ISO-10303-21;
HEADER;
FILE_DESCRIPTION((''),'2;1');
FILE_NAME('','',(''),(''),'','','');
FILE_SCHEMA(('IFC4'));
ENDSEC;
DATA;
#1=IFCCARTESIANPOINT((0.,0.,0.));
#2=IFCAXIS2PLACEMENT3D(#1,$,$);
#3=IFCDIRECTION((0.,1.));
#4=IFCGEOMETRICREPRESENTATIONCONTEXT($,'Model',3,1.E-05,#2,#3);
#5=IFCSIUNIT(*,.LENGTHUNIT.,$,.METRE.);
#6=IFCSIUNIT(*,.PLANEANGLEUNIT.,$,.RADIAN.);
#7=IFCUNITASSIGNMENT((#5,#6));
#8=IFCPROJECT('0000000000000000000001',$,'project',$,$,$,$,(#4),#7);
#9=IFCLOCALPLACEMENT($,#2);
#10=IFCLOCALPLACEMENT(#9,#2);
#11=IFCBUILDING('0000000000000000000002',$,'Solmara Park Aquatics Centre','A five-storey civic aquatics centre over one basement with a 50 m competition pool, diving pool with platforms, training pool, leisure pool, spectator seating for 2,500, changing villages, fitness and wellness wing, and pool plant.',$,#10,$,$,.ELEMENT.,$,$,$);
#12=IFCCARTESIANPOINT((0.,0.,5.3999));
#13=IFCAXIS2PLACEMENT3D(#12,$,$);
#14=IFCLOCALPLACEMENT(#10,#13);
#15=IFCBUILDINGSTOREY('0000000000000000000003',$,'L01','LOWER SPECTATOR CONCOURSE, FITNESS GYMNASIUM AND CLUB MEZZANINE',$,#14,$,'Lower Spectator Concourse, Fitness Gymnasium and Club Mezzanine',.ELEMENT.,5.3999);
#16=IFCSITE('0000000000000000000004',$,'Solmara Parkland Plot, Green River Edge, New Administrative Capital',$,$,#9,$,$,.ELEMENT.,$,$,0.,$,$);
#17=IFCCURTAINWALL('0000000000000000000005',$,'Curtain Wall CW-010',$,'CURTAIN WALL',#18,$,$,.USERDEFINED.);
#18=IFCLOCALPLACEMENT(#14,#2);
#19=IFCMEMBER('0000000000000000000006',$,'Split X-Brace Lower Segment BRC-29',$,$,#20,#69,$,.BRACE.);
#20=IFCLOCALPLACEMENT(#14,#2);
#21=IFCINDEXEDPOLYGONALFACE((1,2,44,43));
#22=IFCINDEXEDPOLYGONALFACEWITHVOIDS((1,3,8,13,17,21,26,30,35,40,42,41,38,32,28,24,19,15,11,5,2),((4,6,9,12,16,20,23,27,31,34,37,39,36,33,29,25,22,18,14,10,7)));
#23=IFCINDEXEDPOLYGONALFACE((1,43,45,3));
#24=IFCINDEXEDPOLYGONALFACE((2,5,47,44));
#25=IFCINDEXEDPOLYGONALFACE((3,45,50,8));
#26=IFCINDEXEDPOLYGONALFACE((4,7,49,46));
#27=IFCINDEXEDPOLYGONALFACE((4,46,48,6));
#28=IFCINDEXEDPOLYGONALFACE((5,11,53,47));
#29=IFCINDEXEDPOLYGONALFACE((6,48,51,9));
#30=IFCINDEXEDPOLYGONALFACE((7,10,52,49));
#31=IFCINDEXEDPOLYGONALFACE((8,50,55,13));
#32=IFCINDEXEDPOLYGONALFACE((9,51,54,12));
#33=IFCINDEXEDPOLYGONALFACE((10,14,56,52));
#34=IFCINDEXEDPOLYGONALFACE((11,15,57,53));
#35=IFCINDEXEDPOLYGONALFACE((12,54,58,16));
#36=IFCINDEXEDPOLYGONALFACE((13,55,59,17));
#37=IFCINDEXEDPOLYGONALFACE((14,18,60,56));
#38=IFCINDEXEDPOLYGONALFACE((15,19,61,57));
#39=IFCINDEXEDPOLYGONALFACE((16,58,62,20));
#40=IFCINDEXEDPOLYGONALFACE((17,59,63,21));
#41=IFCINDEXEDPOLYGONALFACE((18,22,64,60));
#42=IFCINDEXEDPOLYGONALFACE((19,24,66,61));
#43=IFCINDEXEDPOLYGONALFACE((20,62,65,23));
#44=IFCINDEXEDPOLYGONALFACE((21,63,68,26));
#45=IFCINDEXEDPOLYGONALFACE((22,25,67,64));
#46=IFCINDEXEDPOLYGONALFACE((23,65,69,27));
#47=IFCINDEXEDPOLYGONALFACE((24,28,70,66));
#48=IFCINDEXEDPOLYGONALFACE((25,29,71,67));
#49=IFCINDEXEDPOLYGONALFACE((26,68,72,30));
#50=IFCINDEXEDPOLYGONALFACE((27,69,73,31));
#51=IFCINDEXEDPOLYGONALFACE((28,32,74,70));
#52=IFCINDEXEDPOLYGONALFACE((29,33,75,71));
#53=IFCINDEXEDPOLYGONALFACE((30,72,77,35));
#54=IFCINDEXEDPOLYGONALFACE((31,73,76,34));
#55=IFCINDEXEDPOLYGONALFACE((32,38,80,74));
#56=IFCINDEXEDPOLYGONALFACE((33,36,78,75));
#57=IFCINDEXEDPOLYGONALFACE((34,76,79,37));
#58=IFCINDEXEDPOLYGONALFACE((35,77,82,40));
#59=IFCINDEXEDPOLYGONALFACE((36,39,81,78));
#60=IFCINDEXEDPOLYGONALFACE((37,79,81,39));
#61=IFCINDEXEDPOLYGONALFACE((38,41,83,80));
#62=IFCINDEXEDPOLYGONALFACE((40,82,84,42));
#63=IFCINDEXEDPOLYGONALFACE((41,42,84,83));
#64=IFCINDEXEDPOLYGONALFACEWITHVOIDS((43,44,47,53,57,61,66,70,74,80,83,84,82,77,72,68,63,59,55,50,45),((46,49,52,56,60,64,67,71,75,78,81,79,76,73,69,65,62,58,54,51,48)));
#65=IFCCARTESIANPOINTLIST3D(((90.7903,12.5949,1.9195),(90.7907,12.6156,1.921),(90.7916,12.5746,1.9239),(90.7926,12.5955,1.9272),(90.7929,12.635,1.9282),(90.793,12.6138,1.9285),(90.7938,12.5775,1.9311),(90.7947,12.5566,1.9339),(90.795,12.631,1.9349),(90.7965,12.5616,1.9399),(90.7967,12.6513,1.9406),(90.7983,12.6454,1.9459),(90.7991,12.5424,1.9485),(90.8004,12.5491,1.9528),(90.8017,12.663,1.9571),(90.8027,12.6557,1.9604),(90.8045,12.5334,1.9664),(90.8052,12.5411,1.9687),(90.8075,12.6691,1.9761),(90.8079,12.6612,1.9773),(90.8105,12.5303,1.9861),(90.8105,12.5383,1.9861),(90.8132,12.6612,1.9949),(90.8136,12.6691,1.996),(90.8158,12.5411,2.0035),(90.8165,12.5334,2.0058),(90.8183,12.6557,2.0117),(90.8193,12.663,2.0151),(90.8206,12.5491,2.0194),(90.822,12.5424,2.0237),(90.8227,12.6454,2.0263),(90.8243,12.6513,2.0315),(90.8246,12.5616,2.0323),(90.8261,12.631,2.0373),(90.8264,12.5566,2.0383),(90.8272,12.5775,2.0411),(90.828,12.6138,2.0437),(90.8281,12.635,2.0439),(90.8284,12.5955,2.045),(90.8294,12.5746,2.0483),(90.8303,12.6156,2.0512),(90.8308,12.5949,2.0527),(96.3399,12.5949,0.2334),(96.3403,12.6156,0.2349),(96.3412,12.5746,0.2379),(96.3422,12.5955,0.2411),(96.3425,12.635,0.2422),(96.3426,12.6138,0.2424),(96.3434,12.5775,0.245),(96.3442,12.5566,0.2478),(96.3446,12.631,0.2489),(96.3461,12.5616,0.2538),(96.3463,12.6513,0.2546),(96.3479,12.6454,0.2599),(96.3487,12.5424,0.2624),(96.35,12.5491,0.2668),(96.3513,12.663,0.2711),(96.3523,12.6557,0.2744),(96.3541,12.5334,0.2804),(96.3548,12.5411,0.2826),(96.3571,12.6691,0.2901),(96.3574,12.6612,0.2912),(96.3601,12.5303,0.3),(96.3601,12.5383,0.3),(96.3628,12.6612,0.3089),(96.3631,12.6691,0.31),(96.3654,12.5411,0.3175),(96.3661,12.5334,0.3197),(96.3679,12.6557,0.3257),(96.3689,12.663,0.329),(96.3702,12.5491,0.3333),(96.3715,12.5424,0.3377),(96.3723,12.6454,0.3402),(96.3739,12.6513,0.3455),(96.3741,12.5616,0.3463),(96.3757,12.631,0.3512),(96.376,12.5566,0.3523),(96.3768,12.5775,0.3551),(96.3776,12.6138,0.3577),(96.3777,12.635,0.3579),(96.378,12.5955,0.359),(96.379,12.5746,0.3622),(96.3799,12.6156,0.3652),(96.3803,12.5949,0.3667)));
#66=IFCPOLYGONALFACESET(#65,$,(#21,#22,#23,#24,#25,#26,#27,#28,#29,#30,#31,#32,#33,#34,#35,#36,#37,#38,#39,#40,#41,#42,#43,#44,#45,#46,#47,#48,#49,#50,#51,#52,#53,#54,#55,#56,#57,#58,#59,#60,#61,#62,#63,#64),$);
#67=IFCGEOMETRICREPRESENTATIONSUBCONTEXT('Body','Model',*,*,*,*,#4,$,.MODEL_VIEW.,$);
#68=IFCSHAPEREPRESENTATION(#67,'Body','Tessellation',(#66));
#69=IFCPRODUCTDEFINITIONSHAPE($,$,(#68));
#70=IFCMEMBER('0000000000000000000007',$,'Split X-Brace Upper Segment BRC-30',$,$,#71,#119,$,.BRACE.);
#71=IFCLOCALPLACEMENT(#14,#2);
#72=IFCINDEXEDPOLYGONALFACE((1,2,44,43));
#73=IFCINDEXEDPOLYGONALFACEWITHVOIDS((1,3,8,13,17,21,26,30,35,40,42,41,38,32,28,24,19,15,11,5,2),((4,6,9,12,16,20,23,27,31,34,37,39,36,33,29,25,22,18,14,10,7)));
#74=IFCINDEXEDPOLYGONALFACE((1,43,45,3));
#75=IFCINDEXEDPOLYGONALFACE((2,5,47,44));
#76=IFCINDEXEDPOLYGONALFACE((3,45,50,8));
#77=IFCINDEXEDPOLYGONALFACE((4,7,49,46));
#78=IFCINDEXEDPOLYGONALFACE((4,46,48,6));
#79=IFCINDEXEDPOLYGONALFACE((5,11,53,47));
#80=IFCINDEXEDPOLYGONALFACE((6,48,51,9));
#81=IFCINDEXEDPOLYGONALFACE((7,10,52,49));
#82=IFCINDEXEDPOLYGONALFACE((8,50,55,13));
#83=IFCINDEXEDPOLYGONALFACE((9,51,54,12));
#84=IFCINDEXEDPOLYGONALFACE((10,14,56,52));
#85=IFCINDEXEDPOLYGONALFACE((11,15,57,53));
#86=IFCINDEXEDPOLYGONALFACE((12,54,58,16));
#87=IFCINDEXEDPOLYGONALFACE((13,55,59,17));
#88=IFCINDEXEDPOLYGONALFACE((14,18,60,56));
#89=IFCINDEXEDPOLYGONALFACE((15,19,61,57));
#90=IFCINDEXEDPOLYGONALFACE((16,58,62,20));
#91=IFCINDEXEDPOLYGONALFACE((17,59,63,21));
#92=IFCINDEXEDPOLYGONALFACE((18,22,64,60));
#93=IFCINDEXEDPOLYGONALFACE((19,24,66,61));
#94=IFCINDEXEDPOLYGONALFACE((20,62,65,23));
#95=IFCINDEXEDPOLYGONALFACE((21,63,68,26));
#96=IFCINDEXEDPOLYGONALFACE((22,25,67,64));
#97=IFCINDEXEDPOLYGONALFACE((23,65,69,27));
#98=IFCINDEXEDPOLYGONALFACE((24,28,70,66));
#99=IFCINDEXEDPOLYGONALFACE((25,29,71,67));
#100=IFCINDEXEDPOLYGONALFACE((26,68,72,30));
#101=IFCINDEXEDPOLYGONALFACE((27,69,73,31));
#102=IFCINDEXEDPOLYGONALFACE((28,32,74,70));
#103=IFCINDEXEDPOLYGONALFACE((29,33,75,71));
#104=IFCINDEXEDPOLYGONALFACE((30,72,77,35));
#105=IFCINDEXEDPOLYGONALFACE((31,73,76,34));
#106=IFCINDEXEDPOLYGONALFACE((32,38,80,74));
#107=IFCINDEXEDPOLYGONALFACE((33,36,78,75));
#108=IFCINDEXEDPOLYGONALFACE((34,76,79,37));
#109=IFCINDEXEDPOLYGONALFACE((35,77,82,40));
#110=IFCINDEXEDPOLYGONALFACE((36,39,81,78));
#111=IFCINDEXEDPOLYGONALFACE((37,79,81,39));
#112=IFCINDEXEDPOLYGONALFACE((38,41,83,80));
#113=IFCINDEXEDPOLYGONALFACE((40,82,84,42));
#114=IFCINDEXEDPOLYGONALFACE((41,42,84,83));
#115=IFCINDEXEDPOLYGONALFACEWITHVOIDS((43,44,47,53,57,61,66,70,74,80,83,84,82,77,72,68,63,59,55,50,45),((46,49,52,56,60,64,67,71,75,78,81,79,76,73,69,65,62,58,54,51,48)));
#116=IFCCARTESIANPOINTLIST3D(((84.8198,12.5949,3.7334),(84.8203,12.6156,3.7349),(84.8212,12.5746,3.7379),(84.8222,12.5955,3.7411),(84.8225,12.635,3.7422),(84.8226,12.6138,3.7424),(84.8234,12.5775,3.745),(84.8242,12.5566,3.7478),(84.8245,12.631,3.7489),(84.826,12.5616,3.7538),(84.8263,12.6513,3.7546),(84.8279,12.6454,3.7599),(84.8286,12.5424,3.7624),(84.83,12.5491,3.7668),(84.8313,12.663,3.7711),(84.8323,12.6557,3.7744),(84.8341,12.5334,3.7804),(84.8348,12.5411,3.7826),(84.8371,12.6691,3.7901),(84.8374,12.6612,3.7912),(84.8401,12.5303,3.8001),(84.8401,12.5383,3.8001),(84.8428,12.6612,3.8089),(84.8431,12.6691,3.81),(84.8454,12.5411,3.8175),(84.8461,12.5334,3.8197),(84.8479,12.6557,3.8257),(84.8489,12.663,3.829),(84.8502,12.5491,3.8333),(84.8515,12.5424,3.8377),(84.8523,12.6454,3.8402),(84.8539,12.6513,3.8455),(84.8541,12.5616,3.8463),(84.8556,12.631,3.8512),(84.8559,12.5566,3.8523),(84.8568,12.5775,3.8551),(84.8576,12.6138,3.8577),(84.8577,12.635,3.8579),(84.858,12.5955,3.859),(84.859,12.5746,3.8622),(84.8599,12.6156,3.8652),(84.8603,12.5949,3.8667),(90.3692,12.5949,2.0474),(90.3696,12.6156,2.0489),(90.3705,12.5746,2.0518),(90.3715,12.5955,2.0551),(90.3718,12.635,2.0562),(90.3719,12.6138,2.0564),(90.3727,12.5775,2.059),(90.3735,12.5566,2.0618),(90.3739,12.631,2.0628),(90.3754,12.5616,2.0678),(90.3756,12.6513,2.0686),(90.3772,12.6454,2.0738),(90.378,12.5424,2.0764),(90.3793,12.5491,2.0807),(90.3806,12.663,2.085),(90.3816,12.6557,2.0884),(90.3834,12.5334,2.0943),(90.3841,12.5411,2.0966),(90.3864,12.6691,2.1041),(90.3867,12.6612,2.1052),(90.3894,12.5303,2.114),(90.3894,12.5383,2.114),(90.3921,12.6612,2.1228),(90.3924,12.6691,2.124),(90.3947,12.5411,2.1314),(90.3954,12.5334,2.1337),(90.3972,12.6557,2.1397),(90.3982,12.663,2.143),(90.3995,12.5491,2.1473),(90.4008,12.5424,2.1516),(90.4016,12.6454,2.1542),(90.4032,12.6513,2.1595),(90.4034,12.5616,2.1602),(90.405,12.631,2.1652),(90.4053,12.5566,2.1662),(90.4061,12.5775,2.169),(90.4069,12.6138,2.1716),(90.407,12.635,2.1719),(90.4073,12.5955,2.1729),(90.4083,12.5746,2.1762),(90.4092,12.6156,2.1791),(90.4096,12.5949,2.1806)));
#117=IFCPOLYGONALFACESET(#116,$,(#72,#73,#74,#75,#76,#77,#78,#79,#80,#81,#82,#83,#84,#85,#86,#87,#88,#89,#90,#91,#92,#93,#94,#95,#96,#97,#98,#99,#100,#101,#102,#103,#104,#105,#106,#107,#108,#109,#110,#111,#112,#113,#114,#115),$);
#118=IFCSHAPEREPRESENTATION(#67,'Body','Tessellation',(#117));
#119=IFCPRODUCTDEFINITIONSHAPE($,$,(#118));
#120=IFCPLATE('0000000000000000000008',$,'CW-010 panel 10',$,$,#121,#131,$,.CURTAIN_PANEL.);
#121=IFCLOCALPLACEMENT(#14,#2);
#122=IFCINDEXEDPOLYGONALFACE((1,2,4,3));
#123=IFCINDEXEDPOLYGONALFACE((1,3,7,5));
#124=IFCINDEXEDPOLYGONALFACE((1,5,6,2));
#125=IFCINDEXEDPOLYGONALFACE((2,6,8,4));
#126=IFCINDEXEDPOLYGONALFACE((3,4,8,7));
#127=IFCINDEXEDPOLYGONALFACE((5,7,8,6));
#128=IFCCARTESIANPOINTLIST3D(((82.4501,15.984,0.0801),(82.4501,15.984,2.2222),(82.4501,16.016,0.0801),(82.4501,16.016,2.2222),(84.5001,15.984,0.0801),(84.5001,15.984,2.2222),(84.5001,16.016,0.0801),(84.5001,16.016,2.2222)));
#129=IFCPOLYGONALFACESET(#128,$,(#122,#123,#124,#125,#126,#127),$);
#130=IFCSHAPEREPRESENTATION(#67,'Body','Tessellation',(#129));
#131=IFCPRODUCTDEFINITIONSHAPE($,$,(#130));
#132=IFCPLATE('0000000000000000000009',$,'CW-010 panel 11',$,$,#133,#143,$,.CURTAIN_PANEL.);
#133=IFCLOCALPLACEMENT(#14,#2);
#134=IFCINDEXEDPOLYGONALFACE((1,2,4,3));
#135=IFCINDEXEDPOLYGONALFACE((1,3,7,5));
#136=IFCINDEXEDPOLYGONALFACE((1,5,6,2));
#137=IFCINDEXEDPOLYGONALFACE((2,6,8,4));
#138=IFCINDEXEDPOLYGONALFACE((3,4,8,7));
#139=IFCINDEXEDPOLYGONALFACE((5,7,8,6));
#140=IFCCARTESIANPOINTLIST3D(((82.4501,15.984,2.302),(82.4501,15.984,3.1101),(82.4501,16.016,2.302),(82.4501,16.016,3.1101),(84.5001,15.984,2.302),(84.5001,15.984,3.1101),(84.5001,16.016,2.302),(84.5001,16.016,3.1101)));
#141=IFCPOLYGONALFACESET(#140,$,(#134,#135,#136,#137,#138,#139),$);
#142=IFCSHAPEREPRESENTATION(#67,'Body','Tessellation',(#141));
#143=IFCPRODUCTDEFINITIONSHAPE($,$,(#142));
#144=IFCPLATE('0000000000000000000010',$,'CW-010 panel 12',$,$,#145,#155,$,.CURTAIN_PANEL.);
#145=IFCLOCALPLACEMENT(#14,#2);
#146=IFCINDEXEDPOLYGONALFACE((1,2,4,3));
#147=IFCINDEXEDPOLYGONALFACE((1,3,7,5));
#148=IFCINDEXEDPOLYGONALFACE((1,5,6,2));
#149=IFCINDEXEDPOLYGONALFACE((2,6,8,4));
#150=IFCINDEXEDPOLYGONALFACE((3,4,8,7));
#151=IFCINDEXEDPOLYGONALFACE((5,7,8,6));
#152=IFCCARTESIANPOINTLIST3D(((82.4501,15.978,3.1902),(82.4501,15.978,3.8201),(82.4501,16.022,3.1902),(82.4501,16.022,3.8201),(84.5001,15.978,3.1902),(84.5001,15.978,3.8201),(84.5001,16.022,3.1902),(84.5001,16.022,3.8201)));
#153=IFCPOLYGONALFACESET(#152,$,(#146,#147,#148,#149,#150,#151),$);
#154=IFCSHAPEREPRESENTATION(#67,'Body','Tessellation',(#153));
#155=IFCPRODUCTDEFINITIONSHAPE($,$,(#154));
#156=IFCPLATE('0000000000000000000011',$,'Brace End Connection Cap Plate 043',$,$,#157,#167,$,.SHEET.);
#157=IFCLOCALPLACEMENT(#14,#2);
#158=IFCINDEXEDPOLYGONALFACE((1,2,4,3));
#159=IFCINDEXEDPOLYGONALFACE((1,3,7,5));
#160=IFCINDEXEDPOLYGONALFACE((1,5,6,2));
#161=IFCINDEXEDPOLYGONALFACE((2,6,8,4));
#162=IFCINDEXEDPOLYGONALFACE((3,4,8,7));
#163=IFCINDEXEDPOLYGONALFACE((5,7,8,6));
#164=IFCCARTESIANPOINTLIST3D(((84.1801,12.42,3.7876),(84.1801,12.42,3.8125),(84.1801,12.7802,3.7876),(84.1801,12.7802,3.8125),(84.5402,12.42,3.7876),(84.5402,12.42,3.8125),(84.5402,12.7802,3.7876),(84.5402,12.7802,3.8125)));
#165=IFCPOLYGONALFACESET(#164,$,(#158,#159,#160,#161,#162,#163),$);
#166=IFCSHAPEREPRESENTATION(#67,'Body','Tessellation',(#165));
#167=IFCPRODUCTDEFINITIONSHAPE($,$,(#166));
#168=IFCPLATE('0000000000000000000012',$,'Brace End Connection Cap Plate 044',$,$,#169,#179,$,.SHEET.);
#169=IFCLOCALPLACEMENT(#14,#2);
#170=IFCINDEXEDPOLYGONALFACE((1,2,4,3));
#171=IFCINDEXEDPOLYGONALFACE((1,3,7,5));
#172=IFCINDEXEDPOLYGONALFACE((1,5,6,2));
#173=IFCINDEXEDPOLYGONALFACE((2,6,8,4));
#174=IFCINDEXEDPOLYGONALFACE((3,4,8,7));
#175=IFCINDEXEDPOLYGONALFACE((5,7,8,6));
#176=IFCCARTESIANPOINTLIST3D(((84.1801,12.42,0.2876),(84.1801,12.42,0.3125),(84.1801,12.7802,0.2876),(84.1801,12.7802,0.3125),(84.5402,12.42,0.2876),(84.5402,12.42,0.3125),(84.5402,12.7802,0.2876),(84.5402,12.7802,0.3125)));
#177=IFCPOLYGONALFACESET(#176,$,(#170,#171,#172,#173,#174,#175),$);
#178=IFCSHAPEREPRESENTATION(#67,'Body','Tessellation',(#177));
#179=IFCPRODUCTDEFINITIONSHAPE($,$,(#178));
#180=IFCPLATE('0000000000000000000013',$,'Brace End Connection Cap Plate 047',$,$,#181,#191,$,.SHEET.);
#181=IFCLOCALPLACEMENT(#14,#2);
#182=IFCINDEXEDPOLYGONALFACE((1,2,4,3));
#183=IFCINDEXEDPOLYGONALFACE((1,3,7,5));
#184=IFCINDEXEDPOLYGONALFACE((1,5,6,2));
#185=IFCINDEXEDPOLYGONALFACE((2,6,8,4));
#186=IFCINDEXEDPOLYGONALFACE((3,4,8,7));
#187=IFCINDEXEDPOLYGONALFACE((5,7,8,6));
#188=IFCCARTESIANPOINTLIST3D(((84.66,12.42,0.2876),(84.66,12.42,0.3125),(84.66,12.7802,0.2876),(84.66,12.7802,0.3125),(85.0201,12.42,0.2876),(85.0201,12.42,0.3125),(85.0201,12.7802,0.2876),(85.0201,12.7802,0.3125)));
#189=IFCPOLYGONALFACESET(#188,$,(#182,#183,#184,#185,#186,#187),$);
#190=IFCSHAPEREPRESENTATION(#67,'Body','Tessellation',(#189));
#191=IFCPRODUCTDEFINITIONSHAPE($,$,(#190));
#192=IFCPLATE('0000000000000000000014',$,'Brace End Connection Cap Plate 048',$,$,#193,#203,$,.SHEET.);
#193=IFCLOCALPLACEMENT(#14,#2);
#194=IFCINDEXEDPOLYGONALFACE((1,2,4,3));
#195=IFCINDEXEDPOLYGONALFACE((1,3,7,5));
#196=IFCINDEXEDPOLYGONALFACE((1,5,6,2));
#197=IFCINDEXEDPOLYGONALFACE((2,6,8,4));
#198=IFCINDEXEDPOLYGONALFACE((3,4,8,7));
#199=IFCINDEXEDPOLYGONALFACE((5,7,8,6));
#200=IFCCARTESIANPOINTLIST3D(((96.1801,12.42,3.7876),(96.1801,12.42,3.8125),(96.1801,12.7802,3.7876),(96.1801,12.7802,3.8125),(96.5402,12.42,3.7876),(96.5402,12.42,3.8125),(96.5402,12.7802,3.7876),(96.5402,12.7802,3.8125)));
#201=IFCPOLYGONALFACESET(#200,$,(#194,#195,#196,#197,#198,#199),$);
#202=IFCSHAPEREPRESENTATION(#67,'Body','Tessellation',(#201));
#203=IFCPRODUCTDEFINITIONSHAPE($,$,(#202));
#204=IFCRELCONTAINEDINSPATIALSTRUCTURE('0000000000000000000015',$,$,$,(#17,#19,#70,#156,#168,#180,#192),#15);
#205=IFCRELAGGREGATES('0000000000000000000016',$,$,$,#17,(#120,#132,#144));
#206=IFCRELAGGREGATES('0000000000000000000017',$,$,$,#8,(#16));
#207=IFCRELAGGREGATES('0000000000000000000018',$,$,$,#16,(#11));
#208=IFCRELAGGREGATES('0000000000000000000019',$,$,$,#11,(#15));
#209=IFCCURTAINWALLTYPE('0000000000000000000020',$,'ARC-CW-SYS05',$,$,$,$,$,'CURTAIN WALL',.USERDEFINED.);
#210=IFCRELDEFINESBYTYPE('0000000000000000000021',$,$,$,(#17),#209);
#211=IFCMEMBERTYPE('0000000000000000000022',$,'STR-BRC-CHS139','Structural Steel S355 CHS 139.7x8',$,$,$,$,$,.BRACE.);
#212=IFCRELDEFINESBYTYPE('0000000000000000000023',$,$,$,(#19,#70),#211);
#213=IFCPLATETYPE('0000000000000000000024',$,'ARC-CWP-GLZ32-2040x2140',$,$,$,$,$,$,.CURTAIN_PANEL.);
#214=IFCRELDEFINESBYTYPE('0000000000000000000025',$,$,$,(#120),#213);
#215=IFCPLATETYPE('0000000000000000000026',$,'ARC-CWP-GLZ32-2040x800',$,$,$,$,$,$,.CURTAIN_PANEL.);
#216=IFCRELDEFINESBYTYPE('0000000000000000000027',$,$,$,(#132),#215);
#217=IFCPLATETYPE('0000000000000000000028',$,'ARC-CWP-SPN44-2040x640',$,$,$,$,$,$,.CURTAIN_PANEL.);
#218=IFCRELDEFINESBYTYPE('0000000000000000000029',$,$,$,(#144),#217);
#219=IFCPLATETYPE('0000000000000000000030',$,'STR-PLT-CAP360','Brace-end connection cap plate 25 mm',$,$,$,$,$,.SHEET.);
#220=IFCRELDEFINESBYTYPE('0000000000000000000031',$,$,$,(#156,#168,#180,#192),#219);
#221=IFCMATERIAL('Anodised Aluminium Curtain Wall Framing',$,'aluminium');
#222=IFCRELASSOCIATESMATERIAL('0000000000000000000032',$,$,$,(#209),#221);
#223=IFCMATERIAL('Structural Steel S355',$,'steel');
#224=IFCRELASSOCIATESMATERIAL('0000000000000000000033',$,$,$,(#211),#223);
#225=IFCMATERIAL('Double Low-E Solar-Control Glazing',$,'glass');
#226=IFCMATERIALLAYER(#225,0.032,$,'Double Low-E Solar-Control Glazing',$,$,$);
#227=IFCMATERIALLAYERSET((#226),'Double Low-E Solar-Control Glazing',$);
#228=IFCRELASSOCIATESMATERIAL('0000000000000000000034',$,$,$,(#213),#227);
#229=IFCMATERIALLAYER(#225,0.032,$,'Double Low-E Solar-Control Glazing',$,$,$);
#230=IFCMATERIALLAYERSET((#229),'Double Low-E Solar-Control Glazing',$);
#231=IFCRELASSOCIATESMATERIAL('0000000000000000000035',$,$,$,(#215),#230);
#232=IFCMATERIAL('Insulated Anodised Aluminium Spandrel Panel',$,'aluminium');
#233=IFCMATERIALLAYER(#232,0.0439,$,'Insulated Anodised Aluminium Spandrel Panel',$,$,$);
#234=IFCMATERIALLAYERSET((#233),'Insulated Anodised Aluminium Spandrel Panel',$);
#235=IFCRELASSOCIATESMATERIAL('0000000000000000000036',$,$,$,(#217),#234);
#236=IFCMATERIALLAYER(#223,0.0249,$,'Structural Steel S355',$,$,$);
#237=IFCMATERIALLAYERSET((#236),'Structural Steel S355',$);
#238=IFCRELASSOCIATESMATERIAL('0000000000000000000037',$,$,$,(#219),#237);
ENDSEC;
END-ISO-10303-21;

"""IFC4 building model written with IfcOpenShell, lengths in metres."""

from ifc_helpers import new_model, si_unit, direction, frame, origin, origin_2d, place, context, subcontext, project, spatial, rectangle, hollow_circle, extrude, material, layer, layer_set, material_profile, profile_set, type_object, element, aggregate, save


model = new_model("IFC4")

# Units and contexts
model_context = context("Model", 3, precision=1e-05, world=origin(), true_north=direction((0.0, 1.0)))
body_context = subcontext(model_context, "Body", "Model", "MODEL_VIEW")
ifc_project = project(units=[si_unit("LENGTHUNIT", "METRE"), si_unit("PLANEANGLEUNIT", "RADIAN")], contexts=[model_context])

# Site, building, storey
site_placement = place(None, origin())
site = spatial("IfcSite", under=ifc_project, at=site_placement, Name="Solmara Parkland Plot, Green River Edge, New Administrative Capital", CompositionType="ELEMENT", RefElevation=0.0)
building_placement = place(site_placement, origin())
building = spatial("IfcBuilding", under=site, at=building_placement, Name="Solmara Park Aquatics Centre", Description="A five-storey civic aquatics centre over one basement with a 50 m competition pool, diving pool with platforms, training pool, leisure pool, spectator seating for 2,500, changing villages, fitness and wellness wing, and pool plant.", CompositionType="ELEMENT")
storey_placement = place(building_placement, frame((0.0, 0.0, 5.3999)))
storey = spatial("IfcBuildingStorey", under=building, at=storey_placement, Name="L01", Description="LOWER SPECTATOR CONCOURSE, FITNESS GYMNASIUM AND CLUB MEZZANINE", LongName="Lower Spectator Concourse, Fitness Gymnasium and Club Mezzanine", CompositionType="ELEMENT", Elevation=5.3999)

# Shared definitions
ifc_material_1 = material(Name="Structural Steel S355", Category="steel")

# Curtain wall
ifc_material_2 = material(Name="Anodised Aluminium Curtain Wall Framing", Category="aluminium")
curtain_wall_type = type_object("IfcCurtainWallType", Name="ARC-CW-SYS05", ElementType="CURTAIN WALL", PredefinedType="USERDEFINED", material=ifc_material_2)
curtain_wall_placement = place(storey_placement, origin())
curtain_wall = element("IfcCurtainWall", 1, at=curtain_wall_placement, inside=storey, type_object=curtain_wall_type, Name="Curtain Wall CW-010", ObjectType="CURTAIN WALL", PredefinedType="USERDEFINED")

# Members
ifc_material_profile_1 = material_profile(ifc_material_1, hollow_circle(Radius=0.0698, WallThickness=0.0081, at=origin_2d()), Name="CHS 139.7x8")
ifc_profile_set_1 = profile_set([ifc_material_profile_1], Name="Structural Steel S355")
member_type_1 = type_object("IfcMemberType", Name="STR-BRC-CHS139", Description="Structural Steel S355 CHS 139.7x8", PredefinedType="BRACE", material=ifc_profile_set_1)
member_1_placement = place(storey_placement, frame((96.3601, 12.6001, 0.3), z_axis=(-0.956816, 0.0, 0.290694), x_axis=(0.0, -1.0, 0.0)))
element("IfcMember", 2, at=member_1_placement, inside=storey, type_object=member_type_1, Name="Split X-Brace Lower Segment BRC-29", PredefinedType="BRACE", context=body_context, shape_type="SweptSolid", body=[
    extrude(hollow_circle(Radius=0.0698, WallThickness=0.0081, at=origin_2d()), origin(), (0.0, 0.0, 1.0), 5.8),
])
member_2_placement = place(storey_placement, frame((90.3894, 12.6001, 2.114), z_axis=(-0.956812, 0.0, 0.290706), x_axis=(0.0, -1.0, 0.0)))
element("IfcMember", 3, at=member_2_placement, inside=storey, type_object=member_type_1, Name="Split X-Brace Upper Segment BRC-30", PredefinedType="BRACE", context=body_context, shape_type="SweptSolid", body=[
    extrude(hollow_circle(Radius=0.0698, WallThickness=0.0081, at=origin_2d()), origin(), (0.0, 0.0, 1.0), 5.7998),
])

# Plates
ifc_material_3 = material(Name="Double Low-E Solar-Control Glazing", Category="glass")
ifc_layer_1 = layer(ifc_material_3, 0.032, Name="Double Low-E Solar-Control Glazing")
ifc_layer_set_1 = layer_set([ifc_layer_1], Name="Double Low-E Solar-Control Glazing")
plate_type_1 = type_object("IfcPlateType", Name="ARC-CWP-GLZ32-2040x2140", PredefinedType="CURTAIN_PANEL", material=ifc_layer_set_1)
plate_1_placement = place(storey_placement, frame((83.4751, 16.0, 0.0801), z_axis=(0.0, 0.0, 1.0), x_axis=(1.0, 0.0, 0.0)))
plate_1 = element("IfcPlate", 4, at=plate_1_placement, type_object=plate_type_1, Name="CW-010 panel 10", PredefinedType="CURTAIN_PANEL", context=body_context, shape_type="SweptSolid", body=[
    extrude(rectangle(XDim=2.05, YDim=0.032, at=origin_2d()), origin(), (0.0, 0.0, 1.0), 2.1421),
])
ifc_layer_2 = layer(ifc_material_3, 0.032, Name="Double Low-E Solar-Control Glazing")
ifc_layer_set_2 = layer_set([ifc_layer_2], Name="Double Low-E Solar-Control Glazing")
plate_type_2 = type_object("IfcPlateType", Name="ARC-CWP-GLZ32-2040x800", PredefinedType="CURTAIN_PANEL", material=ifc_layer_set_2)
plate_2_placement = place(storey_placement, frame((83.4751, 16.0, 2.302), z_axis=(0.0, 0.0, 1.0), x_axis=(1.0, 0.0, 0.0)))
plate_2 = element("IfcPlate", 5, at=plate_2_placement, type_object=plate_type_2, Name="CW-010 panel 11", PredefinedType="CURTAIN_PANEL", context=body_context, shape_type="SweptSolid", body=[
    extrude(rectangle(XDim=2.05, YDim=0.032, at=origin_2d()), origin(), (0.0, 0.0, 1.0), 0.8081),
])
ifc_material_4 = material(Name="Insulated Anodised Aluminium Spandrel Panel", Category="aluminium")
ifc_layer_3 = layer(ifc_material_4, 0.0439, Name="Insulated Anodised Aluminium Spandrel Panel")
ifc_layer_set_3 = layer_set([ifc_layer_3], Name="Insulated Anodised Aluminium Spandrel Panel")
plate_type_3 = type_object("IfcPlateType", Name="ARC-CWP-SPN44-2040x640", PredefinedType="CURTAIN_PANEL", material=ifc_layer_set_3)
plate_3_placement = place(storey_placement, frame((83.4751, 16.0, 3.1902), z_axis=(0.0, 0.0, 1.0), x_axis=(1.0, 0.0, 0.0)))
plate_3 = element("IfcPlate", 6, at=plate_3_placement, type_object=plate_type_3, Name="CW-010 panel 12", PredefinedType="CURTAIN_PANEL", context=body_context, shape_type="SweptSolid", body=[
    extrude(rectangle(XDim=2.05, YDim=0.0439, at=origin_2d()), origin(), (0.0, 0.0, 1.0), 0.6299),
])
aggregate(curtain_wall, [plate_1, plate_2, plate_3])

# Plates
ifc_layer_4 = layer(ifc_material_1, 0.0249, Name="Structural Steel S355")
ifc_layer_set_4 = layer_set([ifc_layer_4], Name="Structural Steel S355")
plate_type_4 = type_object("IfcPlateType", Name="STR-PLT-CAP360", Description="Brace-end connection cap plate 25 mm", PredefinedType="SHEET", material=ifc_layer_set_4)
for number, where, z_axis, x_axis, name in (
    (7, (84.3601, 12.6001, 3.7876), (0.0, 0.0, 1.0), (1.0, 0.0, 0.0), "Brace End Connection Cap Plate 043"),
    (8, (84.3601, 12.6001, 0.2876), (0.0, 0.0, 1.0), (1.0, 0.0, 0.0), "Brace End Connection Cap Plate 044"),
    (9, (84.8401, 12.6001, 0.2876), (0.0, 0.0, 1.0), (1.0, 0.0, 0.0), "Brace End Connection Cap Plate 047"),
    (10, (96.3601, 12.6001, 3.7876), (0.0, 0.0, 1.0), (1.0, 0.0, 0.0), "Brace End Connection Cap Plate 048"),
):
    element("IfcPlate", number, at=place(storey_placement, frame(where, z_axis=z_axis, x_axis=x_axis)), inside=storey, type_object=plate_type_4, Name=name, PredefinedType="SHEET", context=body_context, shape_type="SweptSolid", body=[
        extrude(rectangle(XDim=0.3601, YDim=0.3601, at=origin_2d()), origin(), (0.0, 0.0, 1.0), 0.0249),
    ])

save(model, "model.ifc")
